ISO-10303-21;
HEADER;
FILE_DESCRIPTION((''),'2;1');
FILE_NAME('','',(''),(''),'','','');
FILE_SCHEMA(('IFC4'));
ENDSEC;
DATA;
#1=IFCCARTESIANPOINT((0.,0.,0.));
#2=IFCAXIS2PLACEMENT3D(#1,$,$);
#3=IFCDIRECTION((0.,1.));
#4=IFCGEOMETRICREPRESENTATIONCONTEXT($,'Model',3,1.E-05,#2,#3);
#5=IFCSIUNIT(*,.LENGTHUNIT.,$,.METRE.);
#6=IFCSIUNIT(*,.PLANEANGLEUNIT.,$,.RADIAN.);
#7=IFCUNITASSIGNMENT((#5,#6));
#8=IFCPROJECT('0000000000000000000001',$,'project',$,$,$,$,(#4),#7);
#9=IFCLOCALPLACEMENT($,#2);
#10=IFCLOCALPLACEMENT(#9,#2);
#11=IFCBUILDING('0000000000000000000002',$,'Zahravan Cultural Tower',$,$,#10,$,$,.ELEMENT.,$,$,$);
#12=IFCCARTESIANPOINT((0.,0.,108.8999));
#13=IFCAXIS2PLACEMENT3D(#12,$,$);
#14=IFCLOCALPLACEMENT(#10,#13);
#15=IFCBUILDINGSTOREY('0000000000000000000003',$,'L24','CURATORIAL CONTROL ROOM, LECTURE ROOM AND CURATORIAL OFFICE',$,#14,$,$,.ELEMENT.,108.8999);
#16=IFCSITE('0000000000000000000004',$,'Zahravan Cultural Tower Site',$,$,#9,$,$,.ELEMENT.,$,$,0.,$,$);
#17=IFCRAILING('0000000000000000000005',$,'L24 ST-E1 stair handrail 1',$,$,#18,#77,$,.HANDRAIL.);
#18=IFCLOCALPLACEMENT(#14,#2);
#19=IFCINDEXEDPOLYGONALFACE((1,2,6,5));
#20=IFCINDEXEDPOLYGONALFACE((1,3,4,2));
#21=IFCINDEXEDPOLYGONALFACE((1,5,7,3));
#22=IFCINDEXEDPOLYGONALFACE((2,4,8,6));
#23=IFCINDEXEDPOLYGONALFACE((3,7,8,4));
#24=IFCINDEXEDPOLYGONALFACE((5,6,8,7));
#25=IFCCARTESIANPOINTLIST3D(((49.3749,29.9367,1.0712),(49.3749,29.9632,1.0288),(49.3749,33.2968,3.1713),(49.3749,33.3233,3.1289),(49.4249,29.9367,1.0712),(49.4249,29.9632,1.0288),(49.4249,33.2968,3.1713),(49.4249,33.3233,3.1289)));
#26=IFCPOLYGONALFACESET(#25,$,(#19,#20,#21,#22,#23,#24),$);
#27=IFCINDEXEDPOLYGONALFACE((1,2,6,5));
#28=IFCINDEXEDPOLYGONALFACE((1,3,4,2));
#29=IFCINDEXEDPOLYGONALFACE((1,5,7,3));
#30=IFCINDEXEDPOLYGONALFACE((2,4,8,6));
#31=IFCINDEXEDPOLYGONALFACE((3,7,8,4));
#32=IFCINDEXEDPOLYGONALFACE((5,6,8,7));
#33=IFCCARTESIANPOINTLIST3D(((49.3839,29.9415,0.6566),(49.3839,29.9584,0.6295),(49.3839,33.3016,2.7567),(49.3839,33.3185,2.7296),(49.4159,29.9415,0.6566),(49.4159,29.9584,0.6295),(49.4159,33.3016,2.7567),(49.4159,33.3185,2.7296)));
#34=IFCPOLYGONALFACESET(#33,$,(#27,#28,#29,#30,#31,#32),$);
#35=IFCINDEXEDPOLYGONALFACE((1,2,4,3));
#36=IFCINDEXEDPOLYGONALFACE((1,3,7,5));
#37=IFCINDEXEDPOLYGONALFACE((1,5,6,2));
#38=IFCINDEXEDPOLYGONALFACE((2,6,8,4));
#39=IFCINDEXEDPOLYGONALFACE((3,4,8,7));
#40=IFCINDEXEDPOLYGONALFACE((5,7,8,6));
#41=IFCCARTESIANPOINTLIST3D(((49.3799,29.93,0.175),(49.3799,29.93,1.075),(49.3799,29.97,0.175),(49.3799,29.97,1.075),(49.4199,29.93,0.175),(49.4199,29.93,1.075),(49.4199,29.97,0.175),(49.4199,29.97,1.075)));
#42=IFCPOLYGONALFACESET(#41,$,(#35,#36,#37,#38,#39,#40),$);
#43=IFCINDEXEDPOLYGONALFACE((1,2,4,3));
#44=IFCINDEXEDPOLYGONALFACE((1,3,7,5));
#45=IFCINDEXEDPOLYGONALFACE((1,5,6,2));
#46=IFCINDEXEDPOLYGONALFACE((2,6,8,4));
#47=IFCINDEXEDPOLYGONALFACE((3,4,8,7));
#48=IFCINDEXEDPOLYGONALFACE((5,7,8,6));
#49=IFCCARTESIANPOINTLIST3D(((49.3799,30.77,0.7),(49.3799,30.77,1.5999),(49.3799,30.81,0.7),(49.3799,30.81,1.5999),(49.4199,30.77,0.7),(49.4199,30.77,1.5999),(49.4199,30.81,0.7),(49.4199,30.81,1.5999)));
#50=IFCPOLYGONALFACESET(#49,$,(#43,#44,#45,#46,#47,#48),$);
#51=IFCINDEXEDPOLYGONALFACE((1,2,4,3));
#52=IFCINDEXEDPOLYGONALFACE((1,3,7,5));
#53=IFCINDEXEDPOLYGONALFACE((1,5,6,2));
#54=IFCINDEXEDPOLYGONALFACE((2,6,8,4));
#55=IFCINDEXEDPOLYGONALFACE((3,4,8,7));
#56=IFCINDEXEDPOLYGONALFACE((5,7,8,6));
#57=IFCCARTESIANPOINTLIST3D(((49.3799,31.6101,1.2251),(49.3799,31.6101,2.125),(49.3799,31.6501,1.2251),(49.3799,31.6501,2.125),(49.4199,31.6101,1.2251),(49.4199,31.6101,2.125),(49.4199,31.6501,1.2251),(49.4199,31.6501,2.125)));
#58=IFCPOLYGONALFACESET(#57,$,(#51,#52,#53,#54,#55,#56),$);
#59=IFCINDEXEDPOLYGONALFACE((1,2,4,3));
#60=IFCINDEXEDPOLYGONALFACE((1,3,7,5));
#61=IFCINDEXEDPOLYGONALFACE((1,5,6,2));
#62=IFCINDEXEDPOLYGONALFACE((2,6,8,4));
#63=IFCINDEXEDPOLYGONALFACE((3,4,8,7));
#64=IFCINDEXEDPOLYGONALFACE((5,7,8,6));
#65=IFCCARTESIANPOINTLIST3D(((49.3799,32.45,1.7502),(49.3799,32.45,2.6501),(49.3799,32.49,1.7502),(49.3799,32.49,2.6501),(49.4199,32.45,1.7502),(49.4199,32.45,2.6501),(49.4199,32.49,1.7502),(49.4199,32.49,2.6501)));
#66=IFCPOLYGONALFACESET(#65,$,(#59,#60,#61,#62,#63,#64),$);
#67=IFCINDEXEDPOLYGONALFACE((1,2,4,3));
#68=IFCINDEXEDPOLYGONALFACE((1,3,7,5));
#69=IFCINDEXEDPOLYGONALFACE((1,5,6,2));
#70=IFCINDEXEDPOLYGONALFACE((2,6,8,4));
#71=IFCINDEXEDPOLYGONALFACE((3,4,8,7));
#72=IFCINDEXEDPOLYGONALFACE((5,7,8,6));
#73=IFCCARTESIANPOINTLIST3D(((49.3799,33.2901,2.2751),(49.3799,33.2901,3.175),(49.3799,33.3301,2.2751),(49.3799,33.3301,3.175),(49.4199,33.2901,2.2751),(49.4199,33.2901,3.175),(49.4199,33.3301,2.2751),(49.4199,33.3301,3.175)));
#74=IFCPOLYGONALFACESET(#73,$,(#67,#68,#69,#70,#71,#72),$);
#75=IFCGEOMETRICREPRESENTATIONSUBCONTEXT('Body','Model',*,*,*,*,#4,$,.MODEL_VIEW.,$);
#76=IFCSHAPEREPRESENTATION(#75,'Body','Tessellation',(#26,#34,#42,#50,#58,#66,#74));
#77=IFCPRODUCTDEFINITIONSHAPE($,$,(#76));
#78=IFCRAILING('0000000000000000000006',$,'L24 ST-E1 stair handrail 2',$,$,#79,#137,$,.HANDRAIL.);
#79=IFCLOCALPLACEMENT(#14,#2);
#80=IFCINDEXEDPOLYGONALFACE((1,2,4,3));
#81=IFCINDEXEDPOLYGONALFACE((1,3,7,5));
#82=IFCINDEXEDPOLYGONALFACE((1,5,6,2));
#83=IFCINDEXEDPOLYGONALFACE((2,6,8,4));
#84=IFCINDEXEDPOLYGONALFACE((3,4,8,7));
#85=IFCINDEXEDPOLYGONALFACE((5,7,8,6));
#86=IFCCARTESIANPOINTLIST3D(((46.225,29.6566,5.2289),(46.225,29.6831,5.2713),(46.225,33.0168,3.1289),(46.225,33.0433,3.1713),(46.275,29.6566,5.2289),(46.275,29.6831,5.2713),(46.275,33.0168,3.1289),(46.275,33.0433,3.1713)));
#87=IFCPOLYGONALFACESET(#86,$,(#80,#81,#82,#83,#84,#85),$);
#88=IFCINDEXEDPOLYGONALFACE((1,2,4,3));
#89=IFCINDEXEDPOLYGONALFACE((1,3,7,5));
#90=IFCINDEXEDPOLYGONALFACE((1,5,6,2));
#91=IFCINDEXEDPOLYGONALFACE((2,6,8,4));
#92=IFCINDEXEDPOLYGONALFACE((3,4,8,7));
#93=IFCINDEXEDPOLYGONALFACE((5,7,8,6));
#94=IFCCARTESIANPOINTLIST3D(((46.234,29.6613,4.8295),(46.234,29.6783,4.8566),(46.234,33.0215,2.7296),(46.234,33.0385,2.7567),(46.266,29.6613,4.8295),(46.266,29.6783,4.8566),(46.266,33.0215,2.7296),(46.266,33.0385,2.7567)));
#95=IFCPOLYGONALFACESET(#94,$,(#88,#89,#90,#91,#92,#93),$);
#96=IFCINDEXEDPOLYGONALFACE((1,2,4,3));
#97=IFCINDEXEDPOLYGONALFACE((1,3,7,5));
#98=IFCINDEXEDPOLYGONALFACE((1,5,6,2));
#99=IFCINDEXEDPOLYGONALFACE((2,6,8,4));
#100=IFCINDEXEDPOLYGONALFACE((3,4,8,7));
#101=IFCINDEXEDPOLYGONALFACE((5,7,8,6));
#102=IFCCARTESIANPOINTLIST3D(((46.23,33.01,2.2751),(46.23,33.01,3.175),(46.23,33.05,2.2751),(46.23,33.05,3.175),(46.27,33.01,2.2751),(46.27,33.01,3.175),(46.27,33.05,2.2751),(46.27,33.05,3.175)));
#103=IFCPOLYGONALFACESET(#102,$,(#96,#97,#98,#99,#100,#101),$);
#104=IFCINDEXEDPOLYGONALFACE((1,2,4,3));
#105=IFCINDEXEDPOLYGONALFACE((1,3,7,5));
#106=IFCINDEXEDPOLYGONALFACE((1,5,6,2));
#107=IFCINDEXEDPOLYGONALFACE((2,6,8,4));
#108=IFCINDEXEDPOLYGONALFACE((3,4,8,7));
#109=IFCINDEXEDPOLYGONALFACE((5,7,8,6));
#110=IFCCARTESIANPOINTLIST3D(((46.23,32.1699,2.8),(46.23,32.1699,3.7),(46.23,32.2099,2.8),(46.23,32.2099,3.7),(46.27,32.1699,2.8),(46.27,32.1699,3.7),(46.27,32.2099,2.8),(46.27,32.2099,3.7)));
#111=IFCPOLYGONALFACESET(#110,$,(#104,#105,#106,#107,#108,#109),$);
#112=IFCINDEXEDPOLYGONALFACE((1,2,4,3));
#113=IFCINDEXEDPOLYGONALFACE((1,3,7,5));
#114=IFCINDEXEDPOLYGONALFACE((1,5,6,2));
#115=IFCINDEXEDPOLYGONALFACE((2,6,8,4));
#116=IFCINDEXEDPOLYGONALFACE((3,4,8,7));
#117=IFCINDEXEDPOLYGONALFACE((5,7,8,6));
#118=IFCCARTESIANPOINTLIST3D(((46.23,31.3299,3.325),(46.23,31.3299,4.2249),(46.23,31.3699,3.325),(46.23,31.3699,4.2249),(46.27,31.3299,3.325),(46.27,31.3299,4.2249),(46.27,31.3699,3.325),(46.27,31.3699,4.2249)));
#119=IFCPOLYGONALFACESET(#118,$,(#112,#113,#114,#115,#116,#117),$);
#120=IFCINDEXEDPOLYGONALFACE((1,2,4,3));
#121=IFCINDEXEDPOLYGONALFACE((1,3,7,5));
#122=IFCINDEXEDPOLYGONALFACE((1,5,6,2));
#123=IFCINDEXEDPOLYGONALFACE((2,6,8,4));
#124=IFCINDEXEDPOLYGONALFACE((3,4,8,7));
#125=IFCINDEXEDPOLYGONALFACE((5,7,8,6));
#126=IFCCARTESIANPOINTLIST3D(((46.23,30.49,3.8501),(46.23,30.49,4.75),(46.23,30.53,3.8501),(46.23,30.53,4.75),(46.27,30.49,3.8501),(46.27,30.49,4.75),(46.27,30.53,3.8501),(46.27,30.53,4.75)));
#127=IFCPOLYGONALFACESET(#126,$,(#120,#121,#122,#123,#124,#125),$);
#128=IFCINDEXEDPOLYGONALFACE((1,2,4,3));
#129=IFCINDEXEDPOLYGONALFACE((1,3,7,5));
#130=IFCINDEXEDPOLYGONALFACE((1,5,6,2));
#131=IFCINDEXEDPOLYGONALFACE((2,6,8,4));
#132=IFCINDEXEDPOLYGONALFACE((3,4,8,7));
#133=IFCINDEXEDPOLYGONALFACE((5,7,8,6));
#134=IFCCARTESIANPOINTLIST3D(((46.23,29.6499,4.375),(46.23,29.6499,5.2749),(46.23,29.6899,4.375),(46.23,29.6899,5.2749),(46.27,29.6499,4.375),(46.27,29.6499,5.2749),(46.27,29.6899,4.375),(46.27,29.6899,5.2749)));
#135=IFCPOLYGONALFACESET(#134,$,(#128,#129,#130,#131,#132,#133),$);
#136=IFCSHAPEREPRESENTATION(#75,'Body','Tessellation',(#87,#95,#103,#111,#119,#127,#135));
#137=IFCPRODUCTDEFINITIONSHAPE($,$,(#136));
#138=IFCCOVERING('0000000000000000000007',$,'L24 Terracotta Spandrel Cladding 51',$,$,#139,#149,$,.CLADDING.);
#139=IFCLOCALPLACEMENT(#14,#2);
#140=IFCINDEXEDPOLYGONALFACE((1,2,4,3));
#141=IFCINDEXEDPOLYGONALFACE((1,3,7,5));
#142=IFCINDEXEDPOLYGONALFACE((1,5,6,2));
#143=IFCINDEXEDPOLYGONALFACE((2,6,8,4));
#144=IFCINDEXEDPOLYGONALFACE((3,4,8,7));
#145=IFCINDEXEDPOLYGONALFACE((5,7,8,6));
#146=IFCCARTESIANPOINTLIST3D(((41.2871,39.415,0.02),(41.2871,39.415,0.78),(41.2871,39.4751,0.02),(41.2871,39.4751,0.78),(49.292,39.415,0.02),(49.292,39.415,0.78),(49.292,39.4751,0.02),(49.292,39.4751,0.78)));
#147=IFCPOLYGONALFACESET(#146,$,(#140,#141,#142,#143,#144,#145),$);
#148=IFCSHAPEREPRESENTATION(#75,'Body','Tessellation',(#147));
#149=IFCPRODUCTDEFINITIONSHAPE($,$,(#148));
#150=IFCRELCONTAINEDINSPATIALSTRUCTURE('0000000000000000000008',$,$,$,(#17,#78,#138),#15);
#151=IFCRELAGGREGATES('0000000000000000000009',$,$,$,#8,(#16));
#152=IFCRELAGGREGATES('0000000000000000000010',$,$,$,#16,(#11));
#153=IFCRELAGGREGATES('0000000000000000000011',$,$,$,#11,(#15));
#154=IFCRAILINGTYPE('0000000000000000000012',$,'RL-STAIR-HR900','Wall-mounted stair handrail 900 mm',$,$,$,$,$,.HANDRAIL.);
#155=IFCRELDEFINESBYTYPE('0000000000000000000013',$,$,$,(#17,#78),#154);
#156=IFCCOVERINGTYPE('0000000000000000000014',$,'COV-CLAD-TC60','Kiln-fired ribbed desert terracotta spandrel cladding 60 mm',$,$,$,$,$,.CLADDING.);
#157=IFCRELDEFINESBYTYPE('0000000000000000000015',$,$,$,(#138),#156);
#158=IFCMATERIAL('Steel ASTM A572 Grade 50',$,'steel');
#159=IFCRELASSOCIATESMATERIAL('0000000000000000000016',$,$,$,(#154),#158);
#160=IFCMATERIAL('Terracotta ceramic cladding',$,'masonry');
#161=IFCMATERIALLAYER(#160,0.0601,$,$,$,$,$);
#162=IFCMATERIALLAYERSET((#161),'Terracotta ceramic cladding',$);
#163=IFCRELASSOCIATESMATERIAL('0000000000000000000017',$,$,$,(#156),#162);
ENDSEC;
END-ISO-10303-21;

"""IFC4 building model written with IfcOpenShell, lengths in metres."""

from ifc_helpers import new_model, si_unit, direction, frame, origin, origin_2d, place, context, subcontext, project, spatial, rectangle, extrude, source, transform, mapped, material, layer, layer_set, type_object, element, save


model = new_model("IFC4")

# Units and contexts
model_context = context("Model", 3, precision=1e-05, world=origin(), true_north=direction((0.0, 1.0)))
body_context = subcontext(model_context, "Body", "Model", "MODEL_VIEW")
ifc_project = project(units=[si_unit("LENGTHUNIT", "METRE"), si_unit("PLANEANGLEUNIT", "RADIAN")], contexts=[model_context])

# Site, building, storey
site_placement = place(None, origin())
site = spatial("IfcSite", under=ifc_project, at=site_placement, Name="Zahravan Cultural Tower Site", CompositionType="ELEMENT", RefElevation=0.0)
building_placement = place(site_placement, origin())
building = spatial("IfcBuilding", under=site, at=building_placement, Name="Zahravan Cultural Tower", CompositionType="ELEMENT")
storey_placement = place(building_placement, frame((0.0, 0.0, 108.8999)))
storey = spatial("IfcBuildingStorey", under=building, at=storey_placement, Name="L24", Description="CURATORIAL CONTROL ROOM, LECTURE ROOM AND CURATORIAL OFFICE", CompositionType="ELEMENT", Elevation=108.8999)

# Shared definitions
ifc_material_1 = material(Name="Steel ASTM A572 Grade 50", Category="steel")

# Railings
railing_type_1 = type_object("IfcRailingType", Name="RL-STAIR-HR900", Description="Wall-mounted stair handrail 900 mm", PredefinedType="HANDRAIL", material=ifc_material_1)
railing_1_placement = place(storey_placement, frame((49.3999, 29.95, 0.175)))
element("IfcRailing", 1, at=railing_1_placement, inside=storey, type_object=railing_type_1, Name="L24 ST-E1 stair handrail 1", PredefinedType="HANDRAIL", context=body_context, shape_type="SweptSolid", body=[
    extrude(rectangle(XDim=0.05, YDim=0.05, at=origin_2d()), frame((0.0, 0.0, 0.875), z_axis=(0.0, 0.847995, 0.530004), x_axis=(-1.0, 0.0, 0.0)), (0.0, 0.0, 1.0), 3.9624),
    extrude(rectangle(XDim=0.032, YDim=0.032, at=origin_2d()), frame((0.0, 0.0, 0.468), z_axis=(0.0, 0.847995, 0.530004), x_axis=(-1.0, 0.0, 0.0)), (0.0, 0.0, 1.0), 3.9624),
    extrude(rectangle(XDim=0.04, YDim=0.04, at=origin_2d()), origin(), (0.0, 0.0, 1.0), 0.8999),
    extrude(rectangle(XDim=0.04, YDim=0.04, at=origin_2d()), frame((0.0, 0.8401, 0.5249)), (0.0, 0.0, 1.0), 0.8999),
    extrude(rectangle(XDim=0.04, YDim=0.04, at=origin_2d()), frame((0.0, 1.6802, 1.05)), (0.0, 0.0, 1.0), 0.8999),
    extrude(rectangle(XDim=0.04, YDim=0.04, at=origin_2d()), frame((0.0, 2.52, 1.5752)), (0.0, 0.0, 1.0), 0.8999),
    extrude(rectangle(XDim=0.04, YDim=0.04, at=origin_2d()), frame((0.0, 3.3601, 2.1001)), (0.0, 0.0, 1.0), 0.8999),
])
railing_2_placement = place(storey_placement, frame((46.25, 33.03, 2.2751)))
element("IfcRailing", 2, at=railing_2_placement, inside=storey, type_object=railing_type_1, Name="L24 ST-E1 stair handrail 2", PredefinedType="HANDRAIL", context=body_context, shape_type="SweptSolid", body=[
    extrude(rectangle(XDim=0.05, YDim=0.05, at=origin_2d()), frame((0.0, 0.0, 0.875), z_axis=(0.0, -0.848023, 0.52996), x_axis=(1.0, 0.0, 0.0)), (0.0, 0.0, 1.0), 3.9624),
    extrude(rectangle(XDim=0.032, YDim=0.032, at=origin_2d()), frame((0.0, 0.0, 0.468), z_axis=(0.0, -0.848023, 0.52996), x_axis=(1.0, 0.0, 0.0)), (0.0, 0.0, 1.0), 3.9624),
    extrude(rectangle(XDim=0.04, YDim=0.04, at=origin_2d()), origin(), (0.0, 0.0, 1.0), 0.8999),
    extrude(rectangle(XDim=0.04, YDim=0.04, at=origin_2d()), frame((0.0, -0.8401, 0.5249)), (0.0, 0.0, 1.0), 0.8999),
    extrude(rectangle(XDim=0.04, YDim=0.04, at=origin_2d()), frame((0.0, -1.6802, 1.0498)), (0.0, 0.0, 1.0), 0.8999),
    extrude(rectangle(XDim=0.04, YDim=0.04, at=origin_2d()), frame((0.0, -2.52, 1.575)), (0.0, 0.0, 1.0), 0.8999),
    extrude(rectangle(XDim=0.04, YDim=0.04, at=origin_2d()), frame((0.0, -3.3601, 2.0999)), (0.0, 0.0, 1.0), 0.8999),
])

# Covering
ifc_material_2 = material(Name="Terracotta ceramic cladding", Category="masonry")
ifc_layer_1 = layer(ifc_material_2, 0.0601)
ifc_layer_set_1 = layer_set([ifc_layer_1], Name="Terracotta ceramic cladding")
covering_type = type_object("IfcCoveringType", Name="COV-CLAD-TC60", Description="Kiln-fired ribbed desert terracotta spandrel cladding 60 mm", PredefinedType="CLADDING", material=ifc_layer_set_1)
shared_shape_1 = source(origin(), body_context, "Body", "SweptSolid", [
    extrude(rectangle(XDim=8.0049, YDim=0.0601, at=origin_2d()), origin(), (0.0, 0.0, 1.0), 0.76),
])
covering_placement = place(storey_placement, frame((45.2896, 39.4451, 0.02), z_axis=(0.0, 0.0, 1.0), x_axis=(1.0, 0.0, 0.0)))
element("IfcCovering", 3, at=covering_placement, inside=storey, type_object=covering_type, Name="L24 Terracotta Spandrel Cladding 51", PredefinedType="CLADDING", context=body_context, shape_type="MappedRepresentation", body=[
    mapped(shared_shape_1, transform((0.0, 0.0, 0.0), x_axis=(1.0, 0.0, 0.0), y_axis=(0.0, 1.0, 0.0), z_axis=(0.0, 0.0, 1.0), scale=1.0)),
])

save(model, "model.ifc")
